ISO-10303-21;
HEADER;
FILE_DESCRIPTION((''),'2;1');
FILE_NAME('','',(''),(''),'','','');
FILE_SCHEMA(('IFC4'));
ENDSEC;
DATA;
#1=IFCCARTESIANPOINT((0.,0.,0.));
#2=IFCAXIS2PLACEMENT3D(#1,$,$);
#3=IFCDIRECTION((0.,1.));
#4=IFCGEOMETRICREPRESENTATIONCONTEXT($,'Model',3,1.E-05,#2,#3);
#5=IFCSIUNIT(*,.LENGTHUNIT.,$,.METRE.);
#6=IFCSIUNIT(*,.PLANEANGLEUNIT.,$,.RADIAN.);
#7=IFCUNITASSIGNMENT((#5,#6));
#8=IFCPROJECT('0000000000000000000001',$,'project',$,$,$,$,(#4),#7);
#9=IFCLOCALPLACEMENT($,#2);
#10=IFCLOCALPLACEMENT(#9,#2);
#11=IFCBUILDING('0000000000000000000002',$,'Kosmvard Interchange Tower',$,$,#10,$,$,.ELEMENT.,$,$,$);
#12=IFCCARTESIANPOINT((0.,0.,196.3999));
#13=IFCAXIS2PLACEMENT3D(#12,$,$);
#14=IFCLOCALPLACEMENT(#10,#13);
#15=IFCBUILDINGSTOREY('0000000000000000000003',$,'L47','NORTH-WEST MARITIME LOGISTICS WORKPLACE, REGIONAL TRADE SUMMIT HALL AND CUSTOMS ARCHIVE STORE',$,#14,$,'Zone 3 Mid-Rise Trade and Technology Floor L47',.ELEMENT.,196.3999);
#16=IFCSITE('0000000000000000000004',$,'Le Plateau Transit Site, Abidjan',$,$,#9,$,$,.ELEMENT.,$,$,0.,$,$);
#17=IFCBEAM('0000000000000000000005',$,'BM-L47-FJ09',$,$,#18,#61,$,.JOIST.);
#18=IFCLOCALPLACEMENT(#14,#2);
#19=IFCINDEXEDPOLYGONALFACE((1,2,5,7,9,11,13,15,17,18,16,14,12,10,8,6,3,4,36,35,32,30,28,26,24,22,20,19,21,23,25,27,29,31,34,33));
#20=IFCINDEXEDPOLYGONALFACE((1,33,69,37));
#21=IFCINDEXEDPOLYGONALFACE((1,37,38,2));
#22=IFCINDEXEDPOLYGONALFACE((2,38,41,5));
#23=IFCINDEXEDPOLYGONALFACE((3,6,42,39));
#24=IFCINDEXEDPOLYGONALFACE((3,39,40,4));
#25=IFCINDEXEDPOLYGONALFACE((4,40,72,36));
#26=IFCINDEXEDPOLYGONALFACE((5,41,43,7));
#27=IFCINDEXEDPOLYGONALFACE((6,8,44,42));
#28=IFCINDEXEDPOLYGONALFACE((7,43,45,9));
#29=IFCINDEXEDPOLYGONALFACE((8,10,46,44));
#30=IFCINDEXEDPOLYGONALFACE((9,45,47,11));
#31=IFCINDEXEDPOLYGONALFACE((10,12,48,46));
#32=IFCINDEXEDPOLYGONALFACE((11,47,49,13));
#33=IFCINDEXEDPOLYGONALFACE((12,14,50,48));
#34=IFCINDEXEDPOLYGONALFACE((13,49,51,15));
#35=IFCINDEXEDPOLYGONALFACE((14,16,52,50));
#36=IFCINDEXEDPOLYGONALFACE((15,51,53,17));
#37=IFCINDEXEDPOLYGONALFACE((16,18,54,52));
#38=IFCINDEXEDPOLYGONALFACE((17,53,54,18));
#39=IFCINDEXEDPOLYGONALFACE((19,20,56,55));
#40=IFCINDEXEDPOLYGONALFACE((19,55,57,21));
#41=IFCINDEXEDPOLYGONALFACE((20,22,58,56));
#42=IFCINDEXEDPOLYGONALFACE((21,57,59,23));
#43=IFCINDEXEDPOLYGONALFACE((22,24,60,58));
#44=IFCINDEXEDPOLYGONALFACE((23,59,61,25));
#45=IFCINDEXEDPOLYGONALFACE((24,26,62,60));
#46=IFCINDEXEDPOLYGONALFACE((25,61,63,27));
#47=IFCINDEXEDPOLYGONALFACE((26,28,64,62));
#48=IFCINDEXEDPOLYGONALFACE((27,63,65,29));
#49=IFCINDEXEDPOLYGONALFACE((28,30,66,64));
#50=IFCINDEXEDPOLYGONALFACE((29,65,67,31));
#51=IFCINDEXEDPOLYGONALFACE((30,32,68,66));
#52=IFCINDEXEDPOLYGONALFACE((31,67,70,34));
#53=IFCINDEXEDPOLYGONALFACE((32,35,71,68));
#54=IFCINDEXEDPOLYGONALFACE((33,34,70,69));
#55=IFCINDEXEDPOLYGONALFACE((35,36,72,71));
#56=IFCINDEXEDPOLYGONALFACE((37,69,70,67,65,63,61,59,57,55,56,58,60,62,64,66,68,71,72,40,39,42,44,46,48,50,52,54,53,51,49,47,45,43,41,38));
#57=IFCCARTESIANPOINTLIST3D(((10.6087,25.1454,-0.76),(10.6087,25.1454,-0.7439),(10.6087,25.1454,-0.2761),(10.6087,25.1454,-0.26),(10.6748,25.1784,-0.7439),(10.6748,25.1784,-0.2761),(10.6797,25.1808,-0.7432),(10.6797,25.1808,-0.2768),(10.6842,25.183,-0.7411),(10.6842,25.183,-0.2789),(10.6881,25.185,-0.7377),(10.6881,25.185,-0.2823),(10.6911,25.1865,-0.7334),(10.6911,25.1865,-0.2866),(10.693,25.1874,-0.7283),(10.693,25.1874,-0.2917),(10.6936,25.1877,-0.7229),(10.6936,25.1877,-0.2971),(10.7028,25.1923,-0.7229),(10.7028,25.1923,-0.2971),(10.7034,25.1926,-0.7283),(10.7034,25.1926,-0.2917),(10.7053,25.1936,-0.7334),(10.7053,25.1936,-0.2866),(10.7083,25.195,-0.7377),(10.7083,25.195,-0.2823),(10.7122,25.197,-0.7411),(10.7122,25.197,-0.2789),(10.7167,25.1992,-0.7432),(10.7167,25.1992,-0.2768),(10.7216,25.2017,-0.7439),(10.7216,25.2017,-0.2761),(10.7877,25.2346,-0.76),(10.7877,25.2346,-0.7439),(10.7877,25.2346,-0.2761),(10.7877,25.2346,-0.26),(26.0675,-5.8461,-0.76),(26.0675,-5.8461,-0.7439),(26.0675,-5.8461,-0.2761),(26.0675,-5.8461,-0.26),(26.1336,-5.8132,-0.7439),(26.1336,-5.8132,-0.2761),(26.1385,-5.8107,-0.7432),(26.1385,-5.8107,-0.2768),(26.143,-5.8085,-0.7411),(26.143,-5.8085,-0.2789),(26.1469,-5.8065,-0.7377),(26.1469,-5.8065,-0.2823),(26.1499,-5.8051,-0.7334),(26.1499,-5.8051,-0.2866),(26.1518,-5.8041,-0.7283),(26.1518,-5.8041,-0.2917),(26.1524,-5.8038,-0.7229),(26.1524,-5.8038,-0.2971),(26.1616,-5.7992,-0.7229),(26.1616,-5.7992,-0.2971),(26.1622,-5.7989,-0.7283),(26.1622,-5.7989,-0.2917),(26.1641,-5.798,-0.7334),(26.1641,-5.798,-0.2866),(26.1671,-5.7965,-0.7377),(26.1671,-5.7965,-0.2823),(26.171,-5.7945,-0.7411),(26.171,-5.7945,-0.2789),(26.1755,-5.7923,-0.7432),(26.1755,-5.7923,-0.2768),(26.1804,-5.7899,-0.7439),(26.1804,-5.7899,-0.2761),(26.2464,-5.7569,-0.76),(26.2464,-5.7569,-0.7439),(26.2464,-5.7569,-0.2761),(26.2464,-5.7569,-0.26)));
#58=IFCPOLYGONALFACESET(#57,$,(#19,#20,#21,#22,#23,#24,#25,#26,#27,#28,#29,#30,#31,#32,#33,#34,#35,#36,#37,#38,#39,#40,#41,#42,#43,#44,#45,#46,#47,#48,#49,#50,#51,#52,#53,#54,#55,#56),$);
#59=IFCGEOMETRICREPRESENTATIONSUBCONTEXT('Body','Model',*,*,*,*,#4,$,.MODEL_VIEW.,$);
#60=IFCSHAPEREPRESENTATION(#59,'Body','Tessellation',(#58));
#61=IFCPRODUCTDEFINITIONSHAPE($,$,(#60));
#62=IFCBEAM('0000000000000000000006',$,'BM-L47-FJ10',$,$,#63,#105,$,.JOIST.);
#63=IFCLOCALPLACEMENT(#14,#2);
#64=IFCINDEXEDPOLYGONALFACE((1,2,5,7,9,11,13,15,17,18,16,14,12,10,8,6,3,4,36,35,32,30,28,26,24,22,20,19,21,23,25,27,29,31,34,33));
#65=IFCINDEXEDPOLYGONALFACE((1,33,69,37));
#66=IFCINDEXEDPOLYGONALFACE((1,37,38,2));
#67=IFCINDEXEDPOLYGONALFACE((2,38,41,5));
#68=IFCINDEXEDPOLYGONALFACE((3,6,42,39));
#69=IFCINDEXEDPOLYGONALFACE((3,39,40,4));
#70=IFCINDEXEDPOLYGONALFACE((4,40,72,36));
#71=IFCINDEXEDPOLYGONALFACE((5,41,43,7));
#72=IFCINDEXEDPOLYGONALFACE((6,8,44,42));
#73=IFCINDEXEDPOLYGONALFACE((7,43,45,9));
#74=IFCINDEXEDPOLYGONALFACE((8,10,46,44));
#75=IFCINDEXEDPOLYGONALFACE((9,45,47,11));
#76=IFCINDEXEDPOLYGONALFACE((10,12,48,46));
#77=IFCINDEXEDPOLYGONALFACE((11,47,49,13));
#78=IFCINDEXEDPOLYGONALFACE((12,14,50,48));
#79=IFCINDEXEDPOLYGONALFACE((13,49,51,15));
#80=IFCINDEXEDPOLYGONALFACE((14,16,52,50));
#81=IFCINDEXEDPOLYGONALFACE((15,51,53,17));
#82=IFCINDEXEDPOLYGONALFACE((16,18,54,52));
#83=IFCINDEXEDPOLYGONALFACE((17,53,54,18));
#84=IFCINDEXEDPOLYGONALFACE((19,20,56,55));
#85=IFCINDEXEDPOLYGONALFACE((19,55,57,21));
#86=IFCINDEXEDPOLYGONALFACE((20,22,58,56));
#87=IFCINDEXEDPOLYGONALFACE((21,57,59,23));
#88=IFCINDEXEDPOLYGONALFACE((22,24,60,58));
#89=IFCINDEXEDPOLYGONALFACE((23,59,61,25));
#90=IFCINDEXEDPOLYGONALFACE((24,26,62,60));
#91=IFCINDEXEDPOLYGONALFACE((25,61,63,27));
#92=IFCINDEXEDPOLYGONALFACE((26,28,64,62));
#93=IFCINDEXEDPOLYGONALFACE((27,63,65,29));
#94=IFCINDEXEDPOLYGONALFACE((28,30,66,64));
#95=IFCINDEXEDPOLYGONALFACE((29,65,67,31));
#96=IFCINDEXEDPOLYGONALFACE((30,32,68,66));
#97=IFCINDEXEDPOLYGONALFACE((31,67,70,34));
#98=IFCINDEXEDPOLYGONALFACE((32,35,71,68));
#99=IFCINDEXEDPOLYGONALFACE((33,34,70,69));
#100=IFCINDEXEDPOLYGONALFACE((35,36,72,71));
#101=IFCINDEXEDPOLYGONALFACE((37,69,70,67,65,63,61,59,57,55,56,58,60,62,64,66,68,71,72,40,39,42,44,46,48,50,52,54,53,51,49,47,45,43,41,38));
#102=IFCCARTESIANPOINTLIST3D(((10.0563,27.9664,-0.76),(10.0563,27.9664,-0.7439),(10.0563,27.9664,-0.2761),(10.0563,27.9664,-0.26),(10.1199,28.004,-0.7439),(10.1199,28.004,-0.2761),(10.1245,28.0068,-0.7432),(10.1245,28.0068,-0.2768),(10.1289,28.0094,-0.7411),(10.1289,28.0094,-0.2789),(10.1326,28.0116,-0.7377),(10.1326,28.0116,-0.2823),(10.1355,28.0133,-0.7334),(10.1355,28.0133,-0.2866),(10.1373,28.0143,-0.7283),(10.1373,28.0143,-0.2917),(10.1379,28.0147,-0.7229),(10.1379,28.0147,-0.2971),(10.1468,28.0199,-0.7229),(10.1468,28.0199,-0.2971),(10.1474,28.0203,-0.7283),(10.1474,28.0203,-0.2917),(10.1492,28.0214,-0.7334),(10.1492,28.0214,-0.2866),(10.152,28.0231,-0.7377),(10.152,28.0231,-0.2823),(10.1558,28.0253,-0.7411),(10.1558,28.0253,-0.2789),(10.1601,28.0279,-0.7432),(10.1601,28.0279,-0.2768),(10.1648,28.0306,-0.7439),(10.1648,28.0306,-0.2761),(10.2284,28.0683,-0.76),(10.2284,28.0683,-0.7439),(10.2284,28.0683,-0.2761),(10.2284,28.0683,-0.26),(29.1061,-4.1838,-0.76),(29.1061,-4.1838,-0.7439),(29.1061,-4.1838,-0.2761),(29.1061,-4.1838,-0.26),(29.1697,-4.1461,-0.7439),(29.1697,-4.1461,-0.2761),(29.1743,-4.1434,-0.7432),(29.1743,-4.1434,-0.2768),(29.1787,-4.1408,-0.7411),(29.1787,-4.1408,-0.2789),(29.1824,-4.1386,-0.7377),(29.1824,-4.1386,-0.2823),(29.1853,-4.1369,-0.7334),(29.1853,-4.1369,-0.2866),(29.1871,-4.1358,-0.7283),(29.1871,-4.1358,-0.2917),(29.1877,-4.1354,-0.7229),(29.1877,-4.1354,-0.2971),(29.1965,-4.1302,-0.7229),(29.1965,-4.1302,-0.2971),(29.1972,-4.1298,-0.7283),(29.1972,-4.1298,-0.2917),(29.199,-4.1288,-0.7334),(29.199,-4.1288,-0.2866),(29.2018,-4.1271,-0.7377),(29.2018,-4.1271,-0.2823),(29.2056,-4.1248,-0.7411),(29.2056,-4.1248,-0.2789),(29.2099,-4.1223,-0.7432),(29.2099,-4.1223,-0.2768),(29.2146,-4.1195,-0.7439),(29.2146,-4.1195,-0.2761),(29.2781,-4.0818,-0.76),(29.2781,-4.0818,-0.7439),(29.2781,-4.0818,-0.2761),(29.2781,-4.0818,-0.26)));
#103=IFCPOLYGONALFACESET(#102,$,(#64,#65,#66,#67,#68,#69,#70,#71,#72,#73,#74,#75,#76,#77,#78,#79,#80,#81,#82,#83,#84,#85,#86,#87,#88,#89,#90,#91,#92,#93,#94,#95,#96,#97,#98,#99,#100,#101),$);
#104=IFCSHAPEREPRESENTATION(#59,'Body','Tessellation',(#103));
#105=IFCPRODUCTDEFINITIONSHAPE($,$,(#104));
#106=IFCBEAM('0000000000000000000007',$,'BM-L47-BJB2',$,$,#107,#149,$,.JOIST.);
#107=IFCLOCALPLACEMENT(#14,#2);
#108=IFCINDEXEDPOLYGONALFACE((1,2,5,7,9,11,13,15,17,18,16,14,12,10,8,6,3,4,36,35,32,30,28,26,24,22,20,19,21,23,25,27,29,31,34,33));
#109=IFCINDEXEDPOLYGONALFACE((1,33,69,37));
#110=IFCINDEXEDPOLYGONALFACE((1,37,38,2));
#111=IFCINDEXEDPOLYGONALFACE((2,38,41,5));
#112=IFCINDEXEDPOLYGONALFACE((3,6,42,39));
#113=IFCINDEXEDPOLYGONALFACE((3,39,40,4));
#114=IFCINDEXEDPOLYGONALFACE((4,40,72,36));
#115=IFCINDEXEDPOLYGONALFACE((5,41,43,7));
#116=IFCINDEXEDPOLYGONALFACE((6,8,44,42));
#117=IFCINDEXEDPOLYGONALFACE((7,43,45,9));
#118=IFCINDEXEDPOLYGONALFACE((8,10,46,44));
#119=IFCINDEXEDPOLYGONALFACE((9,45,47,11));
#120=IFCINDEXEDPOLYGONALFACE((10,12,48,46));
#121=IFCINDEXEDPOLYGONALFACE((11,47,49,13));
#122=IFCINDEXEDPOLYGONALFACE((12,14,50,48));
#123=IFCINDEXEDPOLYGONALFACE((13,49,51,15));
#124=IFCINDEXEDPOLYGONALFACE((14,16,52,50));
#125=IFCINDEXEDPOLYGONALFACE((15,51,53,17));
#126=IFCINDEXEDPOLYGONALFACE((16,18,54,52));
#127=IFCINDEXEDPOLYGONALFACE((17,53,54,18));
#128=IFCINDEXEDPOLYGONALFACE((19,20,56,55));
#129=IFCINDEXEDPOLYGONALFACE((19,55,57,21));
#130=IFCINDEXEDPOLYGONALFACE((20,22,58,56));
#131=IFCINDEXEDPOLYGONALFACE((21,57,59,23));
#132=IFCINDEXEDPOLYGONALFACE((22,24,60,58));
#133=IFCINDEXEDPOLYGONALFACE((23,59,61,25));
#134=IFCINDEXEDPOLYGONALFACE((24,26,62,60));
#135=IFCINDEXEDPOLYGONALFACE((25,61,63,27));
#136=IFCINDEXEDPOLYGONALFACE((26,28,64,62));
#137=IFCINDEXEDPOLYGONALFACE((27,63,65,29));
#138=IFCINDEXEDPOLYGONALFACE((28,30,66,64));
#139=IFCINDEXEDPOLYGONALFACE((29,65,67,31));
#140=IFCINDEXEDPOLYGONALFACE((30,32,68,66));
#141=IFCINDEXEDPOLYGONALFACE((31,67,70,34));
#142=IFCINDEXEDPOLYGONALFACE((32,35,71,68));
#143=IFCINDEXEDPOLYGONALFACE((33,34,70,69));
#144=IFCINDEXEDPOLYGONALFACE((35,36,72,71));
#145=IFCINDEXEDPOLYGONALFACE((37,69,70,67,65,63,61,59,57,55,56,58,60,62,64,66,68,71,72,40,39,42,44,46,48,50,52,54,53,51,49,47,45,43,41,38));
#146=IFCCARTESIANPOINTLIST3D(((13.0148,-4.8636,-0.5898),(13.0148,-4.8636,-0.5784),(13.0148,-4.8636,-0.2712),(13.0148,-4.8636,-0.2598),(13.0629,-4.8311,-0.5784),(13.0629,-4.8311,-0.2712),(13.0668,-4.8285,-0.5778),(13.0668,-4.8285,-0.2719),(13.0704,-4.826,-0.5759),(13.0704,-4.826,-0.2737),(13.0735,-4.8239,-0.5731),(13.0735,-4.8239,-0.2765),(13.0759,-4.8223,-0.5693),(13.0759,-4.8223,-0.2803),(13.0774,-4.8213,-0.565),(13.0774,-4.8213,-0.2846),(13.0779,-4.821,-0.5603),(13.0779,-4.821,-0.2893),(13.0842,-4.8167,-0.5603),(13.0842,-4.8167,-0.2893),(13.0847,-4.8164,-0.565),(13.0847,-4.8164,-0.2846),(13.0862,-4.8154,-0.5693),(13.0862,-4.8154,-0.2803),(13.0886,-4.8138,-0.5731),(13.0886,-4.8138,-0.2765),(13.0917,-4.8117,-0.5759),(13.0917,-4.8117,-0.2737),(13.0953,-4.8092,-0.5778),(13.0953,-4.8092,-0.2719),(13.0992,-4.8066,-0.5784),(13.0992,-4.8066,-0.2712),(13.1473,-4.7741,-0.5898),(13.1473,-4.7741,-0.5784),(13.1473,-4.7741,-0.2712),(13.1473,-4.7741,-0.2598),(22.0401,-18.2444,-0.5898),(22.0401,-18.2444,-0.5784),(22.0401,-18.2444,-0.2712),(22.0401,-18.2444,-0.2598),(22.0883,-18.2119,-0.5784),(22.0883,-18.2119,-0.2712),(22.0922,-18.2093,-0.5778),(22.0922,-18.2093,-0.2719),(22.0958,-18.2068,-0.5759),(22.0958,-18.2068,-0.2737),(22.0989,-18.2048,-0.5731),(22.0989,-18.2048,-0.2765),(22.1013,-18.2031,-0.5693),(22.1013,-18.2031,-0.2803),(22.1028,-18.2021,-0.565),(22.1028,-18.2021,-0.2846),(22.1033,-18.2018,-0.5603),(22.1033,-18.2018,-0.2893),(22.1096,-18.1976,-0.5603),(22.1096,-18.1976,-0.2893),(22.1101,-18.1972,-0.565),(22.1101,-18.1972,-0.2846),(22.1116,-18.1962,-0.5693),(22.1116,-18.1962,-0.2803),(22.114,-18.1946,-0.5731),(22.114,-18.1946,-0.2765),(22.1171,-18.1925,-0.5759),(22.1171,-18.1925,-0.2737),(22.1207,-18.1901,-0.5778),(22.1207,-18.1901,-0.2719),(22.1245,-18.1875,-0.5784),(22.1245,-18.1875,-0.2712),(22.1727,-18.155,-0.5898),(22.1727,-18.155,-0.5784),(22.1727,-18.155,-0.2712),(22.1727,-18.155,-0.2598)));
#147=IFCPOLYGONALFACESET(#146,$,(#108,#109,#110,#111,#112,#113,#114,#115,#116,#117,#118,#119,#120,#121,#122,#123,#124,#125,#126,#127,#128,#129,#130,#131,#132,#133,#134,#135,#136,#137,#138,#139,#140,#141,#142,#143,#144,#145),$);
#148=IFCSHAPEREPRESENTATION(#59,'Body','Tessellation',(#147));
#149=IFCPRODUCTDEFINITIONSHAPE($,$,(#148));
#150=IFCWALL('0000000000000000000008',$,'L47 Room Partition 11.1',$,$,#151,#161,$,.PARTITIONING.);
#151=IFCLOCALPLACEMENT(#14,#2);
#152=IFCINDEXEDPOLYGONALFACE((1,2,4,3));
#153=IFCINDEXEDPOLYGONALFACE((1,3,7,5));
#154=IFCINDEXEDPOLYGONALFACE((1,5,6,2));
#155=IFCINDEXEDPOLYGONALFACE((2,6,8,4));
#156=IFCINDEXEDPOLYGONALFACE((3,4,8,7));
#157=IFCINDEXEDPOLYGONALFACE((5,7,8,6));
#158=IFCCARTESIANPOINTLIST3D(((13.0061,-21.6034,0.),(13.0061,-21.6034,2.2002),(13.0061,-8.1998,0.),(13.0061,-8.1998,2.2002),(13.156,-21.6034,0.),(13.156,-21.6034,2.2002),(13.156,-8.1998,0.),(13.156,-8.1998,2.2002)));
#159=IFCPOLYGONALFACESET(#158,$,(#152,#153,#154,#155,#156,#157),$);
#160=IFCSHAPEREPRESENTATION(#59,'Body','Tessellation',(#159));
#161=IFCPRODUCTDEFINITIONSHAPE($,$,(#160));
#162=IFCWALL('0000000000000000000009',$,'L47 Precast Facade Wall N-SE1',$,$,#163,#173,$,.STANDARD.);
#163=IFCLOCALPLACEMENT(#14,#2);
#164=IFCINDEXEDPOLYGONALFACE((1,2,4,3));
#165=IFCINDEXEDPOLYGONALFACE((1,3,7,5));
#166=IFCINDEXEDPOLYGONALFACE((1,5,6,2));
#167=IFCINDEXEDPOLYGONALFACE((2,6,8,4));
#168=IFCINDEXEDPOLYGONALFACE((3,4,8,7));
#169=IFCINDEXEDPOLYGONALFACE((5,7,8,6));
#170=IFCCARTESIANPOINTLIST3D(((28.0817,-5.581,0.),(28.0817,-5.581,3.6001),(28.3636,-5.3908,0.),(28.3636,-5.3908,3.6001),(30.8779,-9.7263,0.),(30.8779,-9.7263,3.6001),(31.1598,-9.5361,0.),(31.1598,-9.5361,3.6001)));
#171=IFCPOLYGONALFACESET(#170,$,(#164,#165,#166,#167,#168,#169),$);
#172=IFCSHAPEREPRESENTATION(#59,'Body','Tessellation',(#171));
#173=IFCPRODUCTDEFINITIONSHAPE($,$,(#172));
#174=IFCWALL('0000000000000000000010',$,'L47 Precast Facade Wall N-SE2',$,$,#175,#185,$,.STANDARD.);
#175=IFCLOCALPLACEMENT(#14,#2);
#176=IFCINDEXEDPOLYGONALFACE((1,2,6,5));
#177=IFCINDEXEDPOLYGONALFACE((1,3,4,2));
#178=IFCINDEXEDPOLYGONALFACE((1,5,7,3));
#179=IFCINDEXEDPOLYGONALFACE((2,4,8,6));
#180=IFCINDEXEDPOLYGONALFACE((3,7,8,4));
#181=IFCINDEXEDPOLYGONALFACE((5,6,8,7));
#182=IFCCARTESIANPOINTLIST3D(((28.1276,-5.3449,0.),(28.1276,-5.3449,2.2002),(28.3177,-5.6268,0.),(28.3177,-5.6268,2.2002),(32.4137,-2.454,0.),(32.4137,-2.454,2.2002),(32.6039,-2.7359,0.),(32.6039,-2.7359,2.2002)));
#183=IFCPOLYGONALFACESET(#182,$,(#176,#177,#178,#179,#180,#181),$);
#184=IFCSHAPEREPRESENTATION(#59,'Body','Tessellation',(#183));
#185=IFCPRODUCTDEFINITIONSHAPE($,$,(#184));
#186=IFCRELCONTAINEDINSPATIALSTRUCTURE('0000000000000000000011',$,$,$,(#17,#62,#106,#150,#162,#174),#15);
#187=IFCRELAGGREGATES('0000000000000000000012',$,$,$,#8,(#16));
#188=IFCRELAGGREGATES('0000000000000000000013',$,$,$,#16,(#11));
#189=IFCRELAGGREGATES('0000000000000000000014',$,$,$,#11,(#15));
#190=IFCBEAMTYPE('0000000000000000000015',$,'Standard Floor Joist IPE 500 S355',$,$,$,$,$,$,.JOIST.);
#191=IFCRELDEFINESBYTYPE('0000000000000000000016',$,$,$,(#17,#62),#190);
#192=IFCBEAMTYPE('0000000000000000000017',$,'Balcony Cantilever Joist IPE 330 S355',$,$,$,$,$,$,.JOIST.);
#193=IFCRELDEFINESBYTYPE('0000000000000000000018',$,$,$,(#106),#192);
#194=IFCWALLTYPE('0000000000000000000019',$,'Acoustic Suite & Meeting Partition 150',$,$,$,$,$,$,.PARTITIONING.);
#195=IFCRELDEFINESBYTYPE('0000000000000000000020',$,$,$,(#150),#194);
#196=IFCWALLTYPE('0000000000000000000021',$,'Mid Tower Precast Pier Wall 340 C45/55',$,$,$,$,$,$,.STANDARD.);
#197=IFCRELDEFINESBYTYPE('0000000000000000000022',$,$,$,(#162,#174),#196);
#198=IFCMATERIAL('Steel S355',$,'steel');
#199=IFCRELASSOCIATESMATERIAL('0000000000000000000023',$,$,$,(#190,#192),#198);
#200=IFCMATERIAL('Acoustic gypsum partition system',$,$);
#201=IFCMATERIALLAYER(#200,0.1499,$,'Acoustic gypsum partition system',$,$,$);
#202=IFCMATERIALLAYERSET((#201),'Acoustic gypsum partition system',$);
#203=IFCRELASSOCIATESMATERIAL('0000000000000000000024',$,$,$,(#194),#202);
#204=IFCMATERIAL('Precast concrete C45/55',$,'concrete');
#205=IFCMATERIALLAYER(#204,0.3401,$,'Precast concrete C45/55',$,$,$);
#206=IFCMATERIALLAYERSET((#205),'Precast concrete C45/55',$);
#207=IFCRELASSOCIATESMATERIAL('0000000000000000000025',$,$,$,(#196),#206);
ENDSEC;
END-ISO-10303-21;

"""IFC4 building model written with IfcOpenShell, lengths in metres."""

from ifc_helpers import new_model, si_unit, direction, frame, frame_2d, origin, origin_2d, place, context, subcontext, project, spatial, rectangle, i_section, extrude, source, transform, mapped, material, layer, layer_set, material_profile, profile_set, type_object, element, save


model = new_model("IFC4")

# Units and contexts
model_context = context("Model", 3, precision=1e-05, world=origin(), true_north=direction((0.0, 1.0)))
body_context = subcontext(model_context, "Body", "Model", "MODEL_VIEW")
ifc_project = project(units=[si_unit("LENGTHUNIT", "METRE"), si_unit("PLANEANGLEUNIT", "RADIAN")], contexts=[model_context])

# Site, building, storey
site_placement = place(None, origin())
site = spatial("IfcSite", under=ifc_project, at=site_placement, Name="Le Plateau Transit Site, Abidjan", CompositionType="ELEMENT", RefElevation=0.0)
building_placement = place(site_placement, origin())
building = spatial("IfcBuilding", under=site, at=building_placement, Name="Kosmvard Interchange Tower", CompositionType="ELEMENT")
storey_placement = place(building_placement, frame((0.0, 0.0, 196.3999)))
storey = spatial("IfcBuildingStorey", under=building, at=storey_placement, Name="L47", Description="NORTH-WEST MARITIME LOGISTICS WORKPLACE, REGIONAL TRADE SUMMIT HALL AND CUSTOMS ARCHIVE STORE", LongName="Zone 3 Mid-Rise Trade and Technology Floor L47", CompositionType="ELEMENT", Elevation=196.3999)

# Beams
ifc_material_1 = material(Name="Steel S355", Category="steel")
ifc_material_2 = material(Name="Precast concrete C45/55", Category="concrete")
ifc_material_profile_1 = material_profile(ifc_material_1, i_section(OverallWidth=0.2, OverallDepth=0.5, WebThickness=0.0103, FlangeThickness=0.0161, FilletRadius=0.021, at=origin_2d()), Name="IPE 500")
ifc_profile_set_1 = profile_set([ifc_material_profile_1], Name="Steel S355")
beam_type_1 = type_object("IfcBeamType", Name="Standard Floor Joist IPE 500 S355", PredefinedType="JOIST", material=ifc_profile_set_1)
shared_shape_1 = source(origin(), body_context, "Body", "SweptSolid", [
    extrude(i_section(OverallWidth=0.2, OverallDepth=0.5, WebThickness=0.0103, FlangeThickness=0.0161, FilletRadius=0.021, at=origin_2d()), origin(), (0.0, 0.0, 1.0), 34.6331),
])
beam_1_placement = place(storey_placement, frame((26.157, -5.8015, -0.51), z_axis=(-0.446359, 0.894854, 0.0), x_axis=(-0.894854, -0.446359, 0.0)))
element("IfcBeam", 1, at=beam_1_placement, inside=storey, type_object=beam_type_1, Name="BM-L47-FJ09", PredefinedType="JOIST", context=body_context, shape_type="MappedRepresentation", body=[
    mapped(shared_shape_1, transform((0.0, 0.0, 0.0), scale=1.0)),
])
shared_shape_2 = source(origin(), body_context, "Body", "SweptSolid", [
    extrude(i_section(OverallWidth=0.2, OverallDepth=0.5, WebThickness=0.0103, FlangeThickness=0.0161, FilletRadius=0.021, at=origin_2d()), origin(), (0.0, 0.0, 1.0), 37.3701),
])
beam_2_placement = place(storey_placement, frame((29.1921, -4.1328, -0.51), z_axis=(-0.50976, 0.860317, 0.0), x_axis=(-0.860317, -0.50976, 0.0)))
element("IfcBeam", 2, at=beam_2_placement, inside=storey, type_object=beam_type_1, Name="BM-L47-FJ10", PredefinedType="JOIST", context=body_context, shape_type="MappedRepresentation", body=[
    mapped(shared_shape_2, transform((0.0, 0.0, 0.0), scale=1.0)),
])
ifc_material_profile_2 = material_profile(ifc_material_1, i_section(OverallWidth=0.1599, OverallDepth=0.3301, WebThickness=0.0076, FlangeThickness=0.0115, FilletRadius=0.0181, at=origin_2d()), Name="IPE 330")
ifc_profile_set_2 = profile_set([ifc_material_profile_2], Name="Steel S355")
beam_type_2 = type_object("IfcBeamType", Name="Balcony Cantilever Joist IPE 330 S355", PredefinedType="JOIST", material=ifc_profile_set_2)
shared_shape_3 = source(origin(), body_context, "Body", "SweptSolid", [
    extrude(i_section(OverallWidth=0.1599, OverallDepth=0.3301, WebThickness=0.0076, FlangeThickness=0.0115, FilletRadius=0.0181, at=origin_2d()), origin(), (0.0, 0.0, 1.0), 16.1401),
])
beam_3_placement = place(storey_placement, frame((13.0811, -4.8188, -0.4248), z_axis=(0.559188, -0.829041, 0.0), x_axis=(0.829041, 0.559188, 0.0)))
element("IfcBeam", 3, at=beam_3_placement, inside=storey, type_object=beam_type_2, Name="BM-L47-BJB2", PredefinedType="JOIST", context=body_context, shape_type="MappedRepresentation", body=[
    mapped(shared_shape_3, transform((0.0, 0.0, 0.0), scale=1.0)),
])

# Walls
ifc_material_3 = material(Name="Acoustic gypsum partition system")
ifc_layer_1 = layer(ifc_material_3, 0.1499, Name="Acoustic gypsum partition system")
ifc_layer_set_1 = layer_set([ifc_layer_1], Name="Acoustic gypsum partition system")
wall_type_1 = type_object("IfcWallType", Name="Acoustic Suite & Meeting Partition 150", PredefinedType="PARTITIONING", material=ifc_layer_set_1)
wall_1_placement = place(storey_placement, frame((13.0811, -8.2, 0.0), z_axis=(0.0, 0.0, 1.0), x_axis=(0.0, -1.0, 0.0)))
element("IfcWall", 4, at=wall_1_placement, inside=storey, type_object=wall_type_1, Name="L47 Room Partition 11.1", PredefinedType="PARTITIONING", context=body_context, shape_type="SweptSolid", body=[
    extrude(rectangle(XDim=13.4036, YDim=0.1499, at=frame_2d((6.7017, 0.0))), origin(), (0.0, 0.0, 1.0), 2.2002),
])
ifc_layer_2 = layer(ifc_material_2, 0.3401, Name="Precast concrete C45/55")
ifc_layer_set_2 = layer_set([ifc_layer_2], Name="Precast concrete C45/55")
wall_type_2 = type_object("IfcWallType", Name="Mid Tower Precast Pier Wall 340 C45/55", PredefinedType="STANDARD", material=ifc_layer_set_2)
wall_2_placement = place(storey_placement, frame((31.0188, -9.6311, 0.0), z_axis=(0.0, 0.0, 1.0), x_axis=(-0.55921, 0.829026, 0.0)))
element("IfcWall", 5, at=wall_2_placement, inside=storey, type_object=wall_type_2, Name="L47 Precast Facade Wall N-SE1", PredefinedType="STANDARD", context=body_context, shape_type="SweptSolid", body=[
    extrude(rectangle(XDim=5.0002, YDim=0.3401, at=frame_2d((2.5, 0.0))), origin(), (0.0, 0.0, 1.0), 3.6001),
])
wall_3_placement = place(storey_placement, frame((28.2227, -5.4858, 0.0), z_axis=(0.0, 0.0, 1.0), x_axis=(0.829052, 0.559171, 0.0)))
element("IfcWall", 6, at=wall_3_placement, inside=storey, type_object=wall_type_2, Name="L47 Precast Facade Wall N-SE2", PredefinedType="STANDARD", context=body_context, shape_type="SweptSolid", body=[
    extrude(rectangle(XDim=5.1699, YDim=0.3401, at=frame_2d((2.585, 0.0))), origin(), (0.0, 0.0, 1.0), 2.2002),
])

save(model, "model.ifc")
